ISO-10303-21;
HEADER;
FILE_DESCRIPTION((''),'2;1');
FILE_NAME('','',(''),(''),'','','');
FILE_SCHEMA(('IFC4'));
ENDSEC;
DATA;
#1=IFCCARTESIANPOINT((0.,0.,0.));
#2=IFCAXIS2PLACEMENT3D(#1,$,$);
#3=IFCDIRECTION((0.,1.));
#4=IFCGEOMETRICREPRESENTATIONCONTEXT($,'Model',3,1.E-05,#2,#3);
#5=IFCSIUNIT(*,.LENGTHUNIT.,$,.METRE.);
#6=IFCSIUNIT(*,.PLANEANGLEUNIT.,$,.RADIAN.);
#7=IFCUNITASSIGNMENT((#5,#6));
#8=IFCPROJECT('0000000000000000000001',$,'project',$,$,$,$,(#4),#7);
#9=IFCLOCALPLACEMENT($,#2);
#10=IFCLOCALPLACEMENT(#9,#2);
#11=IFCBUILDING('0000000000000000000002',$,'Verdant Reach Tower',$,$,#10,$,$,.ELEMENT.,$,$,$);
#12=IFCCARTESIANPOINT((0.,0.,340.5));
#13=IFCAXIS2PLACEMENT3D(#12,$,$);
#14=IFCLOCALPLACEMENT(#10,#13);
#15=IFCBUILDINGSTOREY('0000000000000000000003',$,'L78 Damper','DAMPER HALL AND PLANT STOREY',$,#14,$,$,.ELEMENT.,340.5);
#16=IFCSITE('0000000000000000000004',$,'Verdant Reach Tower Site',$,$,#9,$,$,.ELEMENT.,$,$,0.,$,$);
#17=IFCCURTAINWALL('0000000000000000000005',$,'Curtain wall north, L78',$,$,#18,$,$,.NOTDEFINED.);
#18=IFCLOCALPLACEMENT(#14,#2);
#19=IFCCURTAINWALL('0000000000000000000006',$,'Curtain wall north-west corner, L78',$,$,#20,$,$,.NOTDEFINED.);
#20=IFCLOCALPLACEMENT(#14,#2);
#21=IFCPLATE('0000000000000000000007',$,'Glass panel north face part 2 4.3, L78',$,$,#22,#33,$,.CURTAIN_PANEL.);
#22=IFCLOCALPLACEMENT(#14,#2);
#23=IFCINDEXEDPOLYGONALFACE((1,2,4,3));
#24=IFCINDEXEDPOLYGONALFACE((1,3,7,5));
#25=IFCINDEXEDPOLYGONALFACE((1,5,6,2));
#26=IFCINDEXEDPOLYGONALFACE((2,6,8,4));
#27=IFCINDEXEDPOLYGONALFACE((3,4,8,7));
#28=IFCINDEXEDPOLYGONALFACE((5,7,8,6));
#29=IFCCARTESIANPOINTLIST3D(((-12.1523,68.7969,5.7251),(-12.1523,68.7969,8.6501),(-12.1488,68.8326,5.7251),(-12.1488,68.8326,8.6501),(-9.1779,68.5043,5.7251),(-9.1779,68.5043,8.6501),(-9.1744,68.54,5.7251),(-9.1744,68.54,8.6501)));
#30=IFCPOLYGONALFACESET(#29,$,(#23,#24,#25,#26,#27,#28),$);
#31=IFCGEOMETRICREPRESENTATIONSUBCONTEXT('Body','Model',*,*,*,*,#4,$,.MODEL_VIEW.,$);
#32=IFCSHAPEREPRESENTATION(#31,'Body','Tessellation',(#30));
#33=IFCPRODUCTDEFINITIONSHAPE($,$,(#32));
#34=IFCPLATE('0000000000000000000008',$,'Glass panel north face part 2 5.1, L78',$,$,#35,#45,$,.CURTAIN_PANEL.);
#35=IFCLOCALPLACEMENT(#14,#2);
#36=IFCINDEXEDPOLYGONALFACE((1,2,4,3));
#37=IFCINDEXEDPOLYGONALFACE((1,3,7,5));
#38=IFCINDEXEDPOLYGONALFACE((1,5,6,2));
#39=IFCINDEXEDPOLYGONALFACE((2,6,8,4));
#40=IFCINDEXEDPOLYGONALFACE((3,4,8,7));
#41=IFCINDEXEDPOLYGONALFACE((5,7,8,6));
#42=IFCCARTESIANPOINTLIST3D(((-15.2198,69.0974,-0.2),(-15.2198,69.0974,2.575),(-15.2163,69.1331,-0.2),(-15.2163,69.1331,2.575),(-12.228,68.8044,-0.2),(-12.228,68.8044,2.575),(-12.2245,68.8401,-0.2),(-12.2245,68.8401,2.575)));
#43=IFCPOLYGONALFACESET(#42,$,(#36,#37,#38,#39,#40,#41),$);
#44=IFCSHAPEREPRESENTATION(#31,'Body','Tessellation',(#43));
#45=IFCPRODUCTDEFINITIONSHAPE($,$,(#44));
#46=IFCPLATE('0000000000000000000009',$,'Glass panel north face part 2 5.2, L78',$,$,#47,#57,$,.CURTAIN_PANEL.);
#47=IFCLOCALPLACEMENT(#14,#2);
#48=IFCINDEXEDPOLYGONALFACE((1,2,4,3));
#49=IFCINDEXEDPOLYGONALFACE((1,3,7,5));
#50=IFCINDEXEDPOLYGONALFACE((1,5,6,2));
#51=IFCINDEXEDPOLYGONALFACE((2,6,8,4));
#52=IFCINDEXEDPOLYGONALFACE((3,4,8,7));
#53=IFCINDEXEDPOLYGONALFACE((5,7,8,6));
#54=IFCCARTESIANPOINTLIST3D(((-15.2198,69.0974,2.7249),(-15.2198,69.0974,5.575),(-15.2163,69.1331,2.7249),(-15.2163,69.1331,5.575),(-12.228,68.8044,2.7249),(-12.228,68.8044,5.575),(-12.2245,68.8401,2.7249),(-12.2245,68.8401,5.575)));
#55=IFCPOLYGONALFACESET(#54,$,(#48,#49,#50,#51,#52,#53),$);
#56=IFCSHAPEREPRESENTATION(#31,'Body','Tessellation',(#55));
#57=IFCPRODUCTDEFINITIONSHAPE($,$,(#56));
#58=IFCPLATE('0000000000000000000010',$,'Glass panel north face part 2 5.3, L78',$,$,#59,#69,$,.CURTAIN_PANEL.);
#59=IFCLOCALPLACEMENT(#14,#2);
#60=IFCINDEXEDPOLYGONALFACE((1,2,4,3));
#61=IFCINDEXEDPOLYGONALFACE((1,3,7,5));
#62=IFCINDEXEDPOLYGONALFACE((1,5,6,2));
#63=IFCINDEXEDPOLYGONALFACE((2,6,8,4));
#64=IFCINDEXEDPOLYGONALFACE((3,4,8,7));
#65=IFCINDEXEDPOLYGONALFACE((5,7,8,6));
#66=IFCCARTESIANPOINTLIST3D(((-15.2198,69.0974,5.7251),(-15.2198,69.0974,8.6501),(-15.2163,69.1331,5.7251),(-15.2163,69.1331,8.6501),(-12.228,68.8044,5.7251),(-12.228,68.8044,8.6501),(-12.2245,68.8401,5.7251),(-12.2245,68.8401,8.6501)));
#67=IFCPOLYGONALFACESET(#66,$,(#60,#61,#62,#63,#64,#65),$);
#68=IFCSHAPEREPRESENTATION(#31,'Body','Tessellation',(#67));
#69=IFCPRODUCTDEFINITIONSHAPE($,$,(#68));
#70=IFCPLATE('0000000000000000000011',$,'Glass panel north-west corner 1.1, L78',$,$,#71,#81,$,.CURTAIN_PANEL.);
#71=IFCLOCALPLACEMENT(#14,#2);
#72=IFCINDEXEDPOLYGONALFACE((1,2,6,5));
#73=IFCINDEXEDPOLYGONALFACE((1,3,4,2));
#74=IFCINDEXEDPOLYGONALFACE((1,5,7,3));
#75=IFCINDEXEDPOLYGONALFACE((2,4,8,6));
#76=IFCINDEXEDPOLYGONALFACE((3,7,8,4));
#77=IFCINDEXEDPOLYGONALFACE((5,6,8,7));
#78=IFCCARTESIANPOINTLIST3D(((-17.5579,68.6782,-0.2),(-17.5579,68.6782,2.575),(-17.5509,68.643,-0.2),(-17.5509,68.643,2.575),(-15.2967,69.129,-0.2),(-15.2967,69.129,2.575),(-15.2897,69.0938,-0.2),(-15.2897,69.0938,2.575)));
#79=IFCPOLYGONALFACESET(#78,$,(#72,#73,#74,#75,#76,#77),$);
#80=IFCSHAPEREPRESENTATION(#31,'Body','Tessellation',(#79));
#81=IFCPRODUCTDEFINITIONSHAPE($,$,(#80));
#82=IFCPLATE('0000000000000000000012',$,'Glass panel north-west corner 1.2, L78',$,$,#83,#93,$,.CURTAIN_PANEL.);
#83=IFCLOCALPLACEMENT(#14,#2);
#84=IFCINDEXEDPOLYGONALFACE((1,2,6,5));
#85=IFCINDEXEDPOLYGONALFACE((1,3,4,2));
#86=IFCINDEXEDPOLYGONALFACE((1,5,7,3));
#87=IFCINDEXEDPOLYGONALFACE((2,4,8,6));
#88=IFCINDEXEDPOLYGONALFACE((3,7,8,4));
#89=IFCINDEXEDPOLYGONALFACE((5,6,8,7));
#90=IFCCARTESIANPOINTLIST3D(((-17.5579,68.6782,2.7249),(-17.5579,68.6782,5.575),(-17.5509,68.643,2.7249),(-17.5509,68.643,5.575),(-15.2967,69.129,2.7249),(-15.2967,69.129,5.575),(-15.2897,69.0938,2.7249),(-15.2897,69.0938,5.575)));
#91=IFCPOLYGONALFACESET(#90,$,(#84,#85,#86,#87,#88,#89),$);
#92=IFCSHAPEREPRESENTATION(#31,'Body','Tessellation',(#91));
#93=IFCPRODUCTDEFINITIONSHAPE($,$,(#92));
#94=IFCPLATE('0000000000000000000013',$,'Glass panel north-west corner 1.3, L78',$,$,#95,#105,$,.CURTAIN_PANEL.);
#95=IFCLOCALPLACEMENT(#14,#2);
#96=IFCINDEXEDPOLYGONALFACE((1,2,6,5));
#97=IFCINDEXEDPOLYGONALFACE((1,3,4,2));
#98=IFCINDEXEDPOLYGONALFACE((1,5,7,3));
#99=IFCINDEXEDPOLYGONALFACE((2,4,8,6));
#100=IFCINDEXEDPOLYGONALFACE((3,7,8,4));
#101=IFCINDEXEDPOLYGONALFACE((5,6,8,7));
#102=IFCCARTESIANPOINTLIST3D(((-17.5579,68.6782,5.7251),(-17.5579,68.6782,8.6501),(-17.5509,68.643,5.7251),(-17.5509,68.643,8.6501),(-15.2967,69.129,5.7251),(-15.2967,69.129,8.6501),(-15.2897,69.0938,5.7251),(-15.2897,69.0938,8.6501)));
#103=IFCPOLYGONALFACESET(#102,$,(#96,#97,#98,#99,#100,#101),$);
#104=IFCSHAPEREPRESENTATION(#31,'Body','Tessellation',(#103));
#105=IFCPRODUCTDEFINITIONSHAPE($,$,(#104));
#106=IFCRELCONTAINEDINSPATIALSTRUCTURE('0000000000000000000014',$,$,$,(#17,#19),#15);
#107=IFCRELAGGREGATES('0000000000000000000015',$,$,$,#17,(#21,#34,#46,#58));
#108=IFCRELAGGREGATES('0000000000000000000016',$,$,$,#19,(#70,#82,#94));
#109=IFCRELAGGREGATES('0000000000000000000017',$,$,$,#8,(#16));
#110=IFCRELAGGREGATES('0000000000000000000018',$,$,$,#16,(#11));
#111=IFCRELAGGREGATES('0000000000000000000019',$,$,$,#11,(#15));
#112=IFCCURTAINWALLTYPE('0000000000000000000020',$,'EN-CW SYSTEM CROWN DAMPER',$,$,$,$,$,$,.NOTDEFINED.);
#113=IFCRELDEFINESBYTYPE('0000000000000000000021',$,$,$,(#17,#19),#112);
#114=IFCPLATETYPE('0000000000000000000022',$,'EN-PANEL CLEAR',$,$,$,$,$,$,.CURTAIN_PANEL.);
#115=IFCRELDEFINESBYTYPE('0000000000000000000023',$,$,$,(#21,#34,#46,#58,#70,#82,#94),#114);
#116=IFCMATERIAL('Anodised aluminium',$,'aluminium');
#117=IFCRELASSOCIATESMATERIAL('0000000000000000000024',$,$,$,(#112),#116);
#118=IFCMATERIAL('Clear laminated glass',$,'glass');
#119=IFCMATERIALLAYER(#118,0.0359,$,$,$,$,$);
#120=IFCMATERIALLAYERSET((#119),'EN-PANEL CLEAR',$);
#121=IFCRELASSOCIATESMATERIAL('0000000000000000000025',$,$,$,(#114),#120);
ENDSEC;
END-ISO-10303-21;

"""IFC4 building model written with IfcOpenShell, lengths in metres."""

from ifc_helpers import new_model, si_unit, direction, frame, origin, origin_2d, place, context, subcontext, project, spatial, rectangle, extrude, material, layer, layer_set, type_object, element, aggregate, save


model = new_model("IFC4")

# Units and contexts
model_context = context("Model", 3, precision=1e-05, world=origin(), true_north=direction((0.0, 1.0)))
body_context = subcontext(model_context, "Body", "Model", "MODEL_VIEW")
ifc_project = project(units=[si_unit("LENGTHUNIT", "METRE"), si_unit("PLANEANGLEUNIT", "RADIAN")], contexts=[model_context])

# Site, building, storey
site_placement = place(None, origin())
site = spatial("IfcSite", under=ifc_project, at=site_placement, Name="Verdant Reach Tower Site", CompositionType="ELEMENT", RefElevation=0.0)
building_placement = place(site_placement, origin())
building = spatial("IfcBuilding", under=site, at=building_placement, Name="Verdant Reach Tower", CompositionType="ELEMENT")
storey_placement = place(building_placement, frame((0.0, 0.0, 340.5)))
storey = spatial("IfcBuildingStorey", under=building, at=storey_placement, Name="L78 Damper", Description="DAMPER HALL AND PLANT STOREY", CompositionType="ELEMENT", Elevation=340.5)

# Curtain wall
ifc_material_1 = material(Name="Anodised aluminium", Category="aluminium")
curtain_wall_type = type_object("IfcCurtainWallType", Name="EN-CW SYSTEM CROWN DAMPER", PredefinedType="NOTDEFINED", material=ifc_material_1)
curtain_wall_1_placement = place(storey_placement, origin())
curtain_wall_1 = element("IfcCurtainWall", 1, at=curtain_wall_1_placement, inside=storey, type_object=curtain_wall_type, Name="Curtain wall north, L78", PredefinedType="NOTDEFINED")

# Curtain wall
curtain_wall_2_placement = place(storey_placement, origin())
curtain_wall_2 = element("IfcCurtainWall", 2, at=curtain_wall_2_placement, inside=storey, type_object=curtain_wall_type, Name="Curtain wall north-west corner, L78", PredefinedType="NOTDEFINED")

# Plates
ifc_material_2 = material(Name="Clear laminated glass", Category="glass")
ifc_layer = layer(ifc_material_2, 0.0359)
ifc_layer_set = layer_set([ifc_layer], Name="EN-PANEL CLEAR")
plate_type = type_object("IfcPlateType", Name="EN-PANEL CLEAR", PredefinedType="CURTAIN_PANEL", material=ifc_layer_set)
plate_1_placement = place(storey_placement, frame((-10.6633, 68.6685, 5.7251), z_axis=(0.0, 0.0, 1.0), x_axis=(-0.995197, 0.097888, 0.0)))
plate_1 = element("IfcPlate", 3, at=plate_1_placement, type_object=plate_type, Name="Glass panel north face part 2 4.3, L78", PredefinedType="CURTAIN_PANEL", context=body_context, shape_type="SweptSolid", body=[
    extrude(rectangle(XDim=2.9888, YDim=0.0359, at=origin_2d()), origin(), (0.0, 0.0, 1.0), 2.925),
])
plate_2_placement = place(storey_placement, frame((-13.7222, 68.9688, -0.2), z_axis=(0.0, 0.0, 1.0), x_axis=(-0.995238, 0.097473, 0.0)))
plate_2 = element("IfcPlate", 4, at=plate_2_placement, type_object=plate_type, Name="Glass panel north face part 2 5.1, L78", PredefinedType="CURTAIN_PANEL", context=body_context, shape_type="SweptSolid", body=[
    extrude(rectangle(XDim=3.0061, YDim=0.0359, at=origin_2d()), origin(), (0.0, 0.0, 1.0), 2.7749),
])
plate_3_placement = place(storey_placement, frame((-13.7222, 68.9688, 2.7249), z_axis=(0.0, 0.0, 1.0), x_axis=(-0.995238, 0.097473, 0.0)))
plate_3 = element("IfcPlate", 5, at=plate_3_placement, type_object=plate_type, Name="Glass panel north face part 2 5.2, L78", PredefinedType="CURTAIN_PANEL", context=body_context, shape_type="SweptSolid", body=[
    extrude(rectangle(XDim=3.0061, YDim=0.0359, at=origin_2d()), origin(), (0.0, 0.0, 1.0), 2.8501),
])
plate_4_placement = place(storey_placement, frame((-13.7222, 68.9688, 5.7251), z_axis=(0.0, 0.0, 1.0), x_axis=(-0.995238, 0.097473, 0.0)))
plate_4 = element("IfcPlate", 6, at=plate_4_placement, type_object=plate_type, Name="Glass panel north face part 2 5.3, L78", PredefinedType="CURTAIN_PANEL", context=body_context, shape_type="SweptSolid", body=[
    extrude(rectangle(XDim=3.0061, YDim=0.0359, at=origin_2d()), origin(), (0.0, 0.0, 1.0), 2.925),
])
aggregate(curtain_wall_1, [plate_1, plate_2, plate_3, plate_4])
plate_5_placement = place(storey_placement, frame((-16.4238, 68.886, -0.2), z_axis=(0.0, 0.0, 1.0), x_axis=(-0.980705, -0.195493, 0.0)))
plate_5 = element("IfcPlate", 7, at=plate_5_placement, type_object=plate_type, Name="Glass panel north-west corner 1.1, L78", PredefinedType="CURTAIN_PANEL", context=body_context, shape_type="SweptSolid", body=[
    extrude(rectangle(XDim=2.3057, YDim=0.0359, at=origin_2d()), origin(), (0.0, 0.0, 1.0), 2.7749),
])
plate_6_placement = place(storey_placement, frame((-16.4238, 68.886, 2.7249), z_axis=(0.0, 0.0, 1.0), x_axis=(-0.980705, -0.195493, 0.0)))
plate_6 = element("IfcPlate", 8, at=plate_6_placement, type_object=plate_type, Name="Glass panel north-west corner 1.2, L78", PredefinedType="CURTAIN_PANEL", context=body_context, shape_type="SweptSolid", body=[
    extrude(rectangle(XDim=2.3057, YDim=0.0359, at=origin_2d()), origin(), (0.0, 0.0, 1.0), 2.8501),
])
plate_7_placement = place(storey_placement, frame((-16.4238, 68.886, 5.7251), z_axis=(0.0, 0.0, 1.0), x_axis=(-0.980705, -0.195493, 0.0)))
plate_7 = element("IfcPlate", 9, at=plate_7_placement, type_object=plate_type, Name="Glass panel north-west corner 1.3, L78", PredefinedType="CURTAIN_PANEL", context=body_context, shape_type="SweptSolid", body=[
    extrude(rectangle(XDim=2.3057, YDim=0.0359, at=origin_2d()), origin(), (0.0, 0.0, 1.0), 2.925),
])
aggregate(curtain_wall_2, [plate_5, plate_6, plate_7])

save(model, "model.ifc")
